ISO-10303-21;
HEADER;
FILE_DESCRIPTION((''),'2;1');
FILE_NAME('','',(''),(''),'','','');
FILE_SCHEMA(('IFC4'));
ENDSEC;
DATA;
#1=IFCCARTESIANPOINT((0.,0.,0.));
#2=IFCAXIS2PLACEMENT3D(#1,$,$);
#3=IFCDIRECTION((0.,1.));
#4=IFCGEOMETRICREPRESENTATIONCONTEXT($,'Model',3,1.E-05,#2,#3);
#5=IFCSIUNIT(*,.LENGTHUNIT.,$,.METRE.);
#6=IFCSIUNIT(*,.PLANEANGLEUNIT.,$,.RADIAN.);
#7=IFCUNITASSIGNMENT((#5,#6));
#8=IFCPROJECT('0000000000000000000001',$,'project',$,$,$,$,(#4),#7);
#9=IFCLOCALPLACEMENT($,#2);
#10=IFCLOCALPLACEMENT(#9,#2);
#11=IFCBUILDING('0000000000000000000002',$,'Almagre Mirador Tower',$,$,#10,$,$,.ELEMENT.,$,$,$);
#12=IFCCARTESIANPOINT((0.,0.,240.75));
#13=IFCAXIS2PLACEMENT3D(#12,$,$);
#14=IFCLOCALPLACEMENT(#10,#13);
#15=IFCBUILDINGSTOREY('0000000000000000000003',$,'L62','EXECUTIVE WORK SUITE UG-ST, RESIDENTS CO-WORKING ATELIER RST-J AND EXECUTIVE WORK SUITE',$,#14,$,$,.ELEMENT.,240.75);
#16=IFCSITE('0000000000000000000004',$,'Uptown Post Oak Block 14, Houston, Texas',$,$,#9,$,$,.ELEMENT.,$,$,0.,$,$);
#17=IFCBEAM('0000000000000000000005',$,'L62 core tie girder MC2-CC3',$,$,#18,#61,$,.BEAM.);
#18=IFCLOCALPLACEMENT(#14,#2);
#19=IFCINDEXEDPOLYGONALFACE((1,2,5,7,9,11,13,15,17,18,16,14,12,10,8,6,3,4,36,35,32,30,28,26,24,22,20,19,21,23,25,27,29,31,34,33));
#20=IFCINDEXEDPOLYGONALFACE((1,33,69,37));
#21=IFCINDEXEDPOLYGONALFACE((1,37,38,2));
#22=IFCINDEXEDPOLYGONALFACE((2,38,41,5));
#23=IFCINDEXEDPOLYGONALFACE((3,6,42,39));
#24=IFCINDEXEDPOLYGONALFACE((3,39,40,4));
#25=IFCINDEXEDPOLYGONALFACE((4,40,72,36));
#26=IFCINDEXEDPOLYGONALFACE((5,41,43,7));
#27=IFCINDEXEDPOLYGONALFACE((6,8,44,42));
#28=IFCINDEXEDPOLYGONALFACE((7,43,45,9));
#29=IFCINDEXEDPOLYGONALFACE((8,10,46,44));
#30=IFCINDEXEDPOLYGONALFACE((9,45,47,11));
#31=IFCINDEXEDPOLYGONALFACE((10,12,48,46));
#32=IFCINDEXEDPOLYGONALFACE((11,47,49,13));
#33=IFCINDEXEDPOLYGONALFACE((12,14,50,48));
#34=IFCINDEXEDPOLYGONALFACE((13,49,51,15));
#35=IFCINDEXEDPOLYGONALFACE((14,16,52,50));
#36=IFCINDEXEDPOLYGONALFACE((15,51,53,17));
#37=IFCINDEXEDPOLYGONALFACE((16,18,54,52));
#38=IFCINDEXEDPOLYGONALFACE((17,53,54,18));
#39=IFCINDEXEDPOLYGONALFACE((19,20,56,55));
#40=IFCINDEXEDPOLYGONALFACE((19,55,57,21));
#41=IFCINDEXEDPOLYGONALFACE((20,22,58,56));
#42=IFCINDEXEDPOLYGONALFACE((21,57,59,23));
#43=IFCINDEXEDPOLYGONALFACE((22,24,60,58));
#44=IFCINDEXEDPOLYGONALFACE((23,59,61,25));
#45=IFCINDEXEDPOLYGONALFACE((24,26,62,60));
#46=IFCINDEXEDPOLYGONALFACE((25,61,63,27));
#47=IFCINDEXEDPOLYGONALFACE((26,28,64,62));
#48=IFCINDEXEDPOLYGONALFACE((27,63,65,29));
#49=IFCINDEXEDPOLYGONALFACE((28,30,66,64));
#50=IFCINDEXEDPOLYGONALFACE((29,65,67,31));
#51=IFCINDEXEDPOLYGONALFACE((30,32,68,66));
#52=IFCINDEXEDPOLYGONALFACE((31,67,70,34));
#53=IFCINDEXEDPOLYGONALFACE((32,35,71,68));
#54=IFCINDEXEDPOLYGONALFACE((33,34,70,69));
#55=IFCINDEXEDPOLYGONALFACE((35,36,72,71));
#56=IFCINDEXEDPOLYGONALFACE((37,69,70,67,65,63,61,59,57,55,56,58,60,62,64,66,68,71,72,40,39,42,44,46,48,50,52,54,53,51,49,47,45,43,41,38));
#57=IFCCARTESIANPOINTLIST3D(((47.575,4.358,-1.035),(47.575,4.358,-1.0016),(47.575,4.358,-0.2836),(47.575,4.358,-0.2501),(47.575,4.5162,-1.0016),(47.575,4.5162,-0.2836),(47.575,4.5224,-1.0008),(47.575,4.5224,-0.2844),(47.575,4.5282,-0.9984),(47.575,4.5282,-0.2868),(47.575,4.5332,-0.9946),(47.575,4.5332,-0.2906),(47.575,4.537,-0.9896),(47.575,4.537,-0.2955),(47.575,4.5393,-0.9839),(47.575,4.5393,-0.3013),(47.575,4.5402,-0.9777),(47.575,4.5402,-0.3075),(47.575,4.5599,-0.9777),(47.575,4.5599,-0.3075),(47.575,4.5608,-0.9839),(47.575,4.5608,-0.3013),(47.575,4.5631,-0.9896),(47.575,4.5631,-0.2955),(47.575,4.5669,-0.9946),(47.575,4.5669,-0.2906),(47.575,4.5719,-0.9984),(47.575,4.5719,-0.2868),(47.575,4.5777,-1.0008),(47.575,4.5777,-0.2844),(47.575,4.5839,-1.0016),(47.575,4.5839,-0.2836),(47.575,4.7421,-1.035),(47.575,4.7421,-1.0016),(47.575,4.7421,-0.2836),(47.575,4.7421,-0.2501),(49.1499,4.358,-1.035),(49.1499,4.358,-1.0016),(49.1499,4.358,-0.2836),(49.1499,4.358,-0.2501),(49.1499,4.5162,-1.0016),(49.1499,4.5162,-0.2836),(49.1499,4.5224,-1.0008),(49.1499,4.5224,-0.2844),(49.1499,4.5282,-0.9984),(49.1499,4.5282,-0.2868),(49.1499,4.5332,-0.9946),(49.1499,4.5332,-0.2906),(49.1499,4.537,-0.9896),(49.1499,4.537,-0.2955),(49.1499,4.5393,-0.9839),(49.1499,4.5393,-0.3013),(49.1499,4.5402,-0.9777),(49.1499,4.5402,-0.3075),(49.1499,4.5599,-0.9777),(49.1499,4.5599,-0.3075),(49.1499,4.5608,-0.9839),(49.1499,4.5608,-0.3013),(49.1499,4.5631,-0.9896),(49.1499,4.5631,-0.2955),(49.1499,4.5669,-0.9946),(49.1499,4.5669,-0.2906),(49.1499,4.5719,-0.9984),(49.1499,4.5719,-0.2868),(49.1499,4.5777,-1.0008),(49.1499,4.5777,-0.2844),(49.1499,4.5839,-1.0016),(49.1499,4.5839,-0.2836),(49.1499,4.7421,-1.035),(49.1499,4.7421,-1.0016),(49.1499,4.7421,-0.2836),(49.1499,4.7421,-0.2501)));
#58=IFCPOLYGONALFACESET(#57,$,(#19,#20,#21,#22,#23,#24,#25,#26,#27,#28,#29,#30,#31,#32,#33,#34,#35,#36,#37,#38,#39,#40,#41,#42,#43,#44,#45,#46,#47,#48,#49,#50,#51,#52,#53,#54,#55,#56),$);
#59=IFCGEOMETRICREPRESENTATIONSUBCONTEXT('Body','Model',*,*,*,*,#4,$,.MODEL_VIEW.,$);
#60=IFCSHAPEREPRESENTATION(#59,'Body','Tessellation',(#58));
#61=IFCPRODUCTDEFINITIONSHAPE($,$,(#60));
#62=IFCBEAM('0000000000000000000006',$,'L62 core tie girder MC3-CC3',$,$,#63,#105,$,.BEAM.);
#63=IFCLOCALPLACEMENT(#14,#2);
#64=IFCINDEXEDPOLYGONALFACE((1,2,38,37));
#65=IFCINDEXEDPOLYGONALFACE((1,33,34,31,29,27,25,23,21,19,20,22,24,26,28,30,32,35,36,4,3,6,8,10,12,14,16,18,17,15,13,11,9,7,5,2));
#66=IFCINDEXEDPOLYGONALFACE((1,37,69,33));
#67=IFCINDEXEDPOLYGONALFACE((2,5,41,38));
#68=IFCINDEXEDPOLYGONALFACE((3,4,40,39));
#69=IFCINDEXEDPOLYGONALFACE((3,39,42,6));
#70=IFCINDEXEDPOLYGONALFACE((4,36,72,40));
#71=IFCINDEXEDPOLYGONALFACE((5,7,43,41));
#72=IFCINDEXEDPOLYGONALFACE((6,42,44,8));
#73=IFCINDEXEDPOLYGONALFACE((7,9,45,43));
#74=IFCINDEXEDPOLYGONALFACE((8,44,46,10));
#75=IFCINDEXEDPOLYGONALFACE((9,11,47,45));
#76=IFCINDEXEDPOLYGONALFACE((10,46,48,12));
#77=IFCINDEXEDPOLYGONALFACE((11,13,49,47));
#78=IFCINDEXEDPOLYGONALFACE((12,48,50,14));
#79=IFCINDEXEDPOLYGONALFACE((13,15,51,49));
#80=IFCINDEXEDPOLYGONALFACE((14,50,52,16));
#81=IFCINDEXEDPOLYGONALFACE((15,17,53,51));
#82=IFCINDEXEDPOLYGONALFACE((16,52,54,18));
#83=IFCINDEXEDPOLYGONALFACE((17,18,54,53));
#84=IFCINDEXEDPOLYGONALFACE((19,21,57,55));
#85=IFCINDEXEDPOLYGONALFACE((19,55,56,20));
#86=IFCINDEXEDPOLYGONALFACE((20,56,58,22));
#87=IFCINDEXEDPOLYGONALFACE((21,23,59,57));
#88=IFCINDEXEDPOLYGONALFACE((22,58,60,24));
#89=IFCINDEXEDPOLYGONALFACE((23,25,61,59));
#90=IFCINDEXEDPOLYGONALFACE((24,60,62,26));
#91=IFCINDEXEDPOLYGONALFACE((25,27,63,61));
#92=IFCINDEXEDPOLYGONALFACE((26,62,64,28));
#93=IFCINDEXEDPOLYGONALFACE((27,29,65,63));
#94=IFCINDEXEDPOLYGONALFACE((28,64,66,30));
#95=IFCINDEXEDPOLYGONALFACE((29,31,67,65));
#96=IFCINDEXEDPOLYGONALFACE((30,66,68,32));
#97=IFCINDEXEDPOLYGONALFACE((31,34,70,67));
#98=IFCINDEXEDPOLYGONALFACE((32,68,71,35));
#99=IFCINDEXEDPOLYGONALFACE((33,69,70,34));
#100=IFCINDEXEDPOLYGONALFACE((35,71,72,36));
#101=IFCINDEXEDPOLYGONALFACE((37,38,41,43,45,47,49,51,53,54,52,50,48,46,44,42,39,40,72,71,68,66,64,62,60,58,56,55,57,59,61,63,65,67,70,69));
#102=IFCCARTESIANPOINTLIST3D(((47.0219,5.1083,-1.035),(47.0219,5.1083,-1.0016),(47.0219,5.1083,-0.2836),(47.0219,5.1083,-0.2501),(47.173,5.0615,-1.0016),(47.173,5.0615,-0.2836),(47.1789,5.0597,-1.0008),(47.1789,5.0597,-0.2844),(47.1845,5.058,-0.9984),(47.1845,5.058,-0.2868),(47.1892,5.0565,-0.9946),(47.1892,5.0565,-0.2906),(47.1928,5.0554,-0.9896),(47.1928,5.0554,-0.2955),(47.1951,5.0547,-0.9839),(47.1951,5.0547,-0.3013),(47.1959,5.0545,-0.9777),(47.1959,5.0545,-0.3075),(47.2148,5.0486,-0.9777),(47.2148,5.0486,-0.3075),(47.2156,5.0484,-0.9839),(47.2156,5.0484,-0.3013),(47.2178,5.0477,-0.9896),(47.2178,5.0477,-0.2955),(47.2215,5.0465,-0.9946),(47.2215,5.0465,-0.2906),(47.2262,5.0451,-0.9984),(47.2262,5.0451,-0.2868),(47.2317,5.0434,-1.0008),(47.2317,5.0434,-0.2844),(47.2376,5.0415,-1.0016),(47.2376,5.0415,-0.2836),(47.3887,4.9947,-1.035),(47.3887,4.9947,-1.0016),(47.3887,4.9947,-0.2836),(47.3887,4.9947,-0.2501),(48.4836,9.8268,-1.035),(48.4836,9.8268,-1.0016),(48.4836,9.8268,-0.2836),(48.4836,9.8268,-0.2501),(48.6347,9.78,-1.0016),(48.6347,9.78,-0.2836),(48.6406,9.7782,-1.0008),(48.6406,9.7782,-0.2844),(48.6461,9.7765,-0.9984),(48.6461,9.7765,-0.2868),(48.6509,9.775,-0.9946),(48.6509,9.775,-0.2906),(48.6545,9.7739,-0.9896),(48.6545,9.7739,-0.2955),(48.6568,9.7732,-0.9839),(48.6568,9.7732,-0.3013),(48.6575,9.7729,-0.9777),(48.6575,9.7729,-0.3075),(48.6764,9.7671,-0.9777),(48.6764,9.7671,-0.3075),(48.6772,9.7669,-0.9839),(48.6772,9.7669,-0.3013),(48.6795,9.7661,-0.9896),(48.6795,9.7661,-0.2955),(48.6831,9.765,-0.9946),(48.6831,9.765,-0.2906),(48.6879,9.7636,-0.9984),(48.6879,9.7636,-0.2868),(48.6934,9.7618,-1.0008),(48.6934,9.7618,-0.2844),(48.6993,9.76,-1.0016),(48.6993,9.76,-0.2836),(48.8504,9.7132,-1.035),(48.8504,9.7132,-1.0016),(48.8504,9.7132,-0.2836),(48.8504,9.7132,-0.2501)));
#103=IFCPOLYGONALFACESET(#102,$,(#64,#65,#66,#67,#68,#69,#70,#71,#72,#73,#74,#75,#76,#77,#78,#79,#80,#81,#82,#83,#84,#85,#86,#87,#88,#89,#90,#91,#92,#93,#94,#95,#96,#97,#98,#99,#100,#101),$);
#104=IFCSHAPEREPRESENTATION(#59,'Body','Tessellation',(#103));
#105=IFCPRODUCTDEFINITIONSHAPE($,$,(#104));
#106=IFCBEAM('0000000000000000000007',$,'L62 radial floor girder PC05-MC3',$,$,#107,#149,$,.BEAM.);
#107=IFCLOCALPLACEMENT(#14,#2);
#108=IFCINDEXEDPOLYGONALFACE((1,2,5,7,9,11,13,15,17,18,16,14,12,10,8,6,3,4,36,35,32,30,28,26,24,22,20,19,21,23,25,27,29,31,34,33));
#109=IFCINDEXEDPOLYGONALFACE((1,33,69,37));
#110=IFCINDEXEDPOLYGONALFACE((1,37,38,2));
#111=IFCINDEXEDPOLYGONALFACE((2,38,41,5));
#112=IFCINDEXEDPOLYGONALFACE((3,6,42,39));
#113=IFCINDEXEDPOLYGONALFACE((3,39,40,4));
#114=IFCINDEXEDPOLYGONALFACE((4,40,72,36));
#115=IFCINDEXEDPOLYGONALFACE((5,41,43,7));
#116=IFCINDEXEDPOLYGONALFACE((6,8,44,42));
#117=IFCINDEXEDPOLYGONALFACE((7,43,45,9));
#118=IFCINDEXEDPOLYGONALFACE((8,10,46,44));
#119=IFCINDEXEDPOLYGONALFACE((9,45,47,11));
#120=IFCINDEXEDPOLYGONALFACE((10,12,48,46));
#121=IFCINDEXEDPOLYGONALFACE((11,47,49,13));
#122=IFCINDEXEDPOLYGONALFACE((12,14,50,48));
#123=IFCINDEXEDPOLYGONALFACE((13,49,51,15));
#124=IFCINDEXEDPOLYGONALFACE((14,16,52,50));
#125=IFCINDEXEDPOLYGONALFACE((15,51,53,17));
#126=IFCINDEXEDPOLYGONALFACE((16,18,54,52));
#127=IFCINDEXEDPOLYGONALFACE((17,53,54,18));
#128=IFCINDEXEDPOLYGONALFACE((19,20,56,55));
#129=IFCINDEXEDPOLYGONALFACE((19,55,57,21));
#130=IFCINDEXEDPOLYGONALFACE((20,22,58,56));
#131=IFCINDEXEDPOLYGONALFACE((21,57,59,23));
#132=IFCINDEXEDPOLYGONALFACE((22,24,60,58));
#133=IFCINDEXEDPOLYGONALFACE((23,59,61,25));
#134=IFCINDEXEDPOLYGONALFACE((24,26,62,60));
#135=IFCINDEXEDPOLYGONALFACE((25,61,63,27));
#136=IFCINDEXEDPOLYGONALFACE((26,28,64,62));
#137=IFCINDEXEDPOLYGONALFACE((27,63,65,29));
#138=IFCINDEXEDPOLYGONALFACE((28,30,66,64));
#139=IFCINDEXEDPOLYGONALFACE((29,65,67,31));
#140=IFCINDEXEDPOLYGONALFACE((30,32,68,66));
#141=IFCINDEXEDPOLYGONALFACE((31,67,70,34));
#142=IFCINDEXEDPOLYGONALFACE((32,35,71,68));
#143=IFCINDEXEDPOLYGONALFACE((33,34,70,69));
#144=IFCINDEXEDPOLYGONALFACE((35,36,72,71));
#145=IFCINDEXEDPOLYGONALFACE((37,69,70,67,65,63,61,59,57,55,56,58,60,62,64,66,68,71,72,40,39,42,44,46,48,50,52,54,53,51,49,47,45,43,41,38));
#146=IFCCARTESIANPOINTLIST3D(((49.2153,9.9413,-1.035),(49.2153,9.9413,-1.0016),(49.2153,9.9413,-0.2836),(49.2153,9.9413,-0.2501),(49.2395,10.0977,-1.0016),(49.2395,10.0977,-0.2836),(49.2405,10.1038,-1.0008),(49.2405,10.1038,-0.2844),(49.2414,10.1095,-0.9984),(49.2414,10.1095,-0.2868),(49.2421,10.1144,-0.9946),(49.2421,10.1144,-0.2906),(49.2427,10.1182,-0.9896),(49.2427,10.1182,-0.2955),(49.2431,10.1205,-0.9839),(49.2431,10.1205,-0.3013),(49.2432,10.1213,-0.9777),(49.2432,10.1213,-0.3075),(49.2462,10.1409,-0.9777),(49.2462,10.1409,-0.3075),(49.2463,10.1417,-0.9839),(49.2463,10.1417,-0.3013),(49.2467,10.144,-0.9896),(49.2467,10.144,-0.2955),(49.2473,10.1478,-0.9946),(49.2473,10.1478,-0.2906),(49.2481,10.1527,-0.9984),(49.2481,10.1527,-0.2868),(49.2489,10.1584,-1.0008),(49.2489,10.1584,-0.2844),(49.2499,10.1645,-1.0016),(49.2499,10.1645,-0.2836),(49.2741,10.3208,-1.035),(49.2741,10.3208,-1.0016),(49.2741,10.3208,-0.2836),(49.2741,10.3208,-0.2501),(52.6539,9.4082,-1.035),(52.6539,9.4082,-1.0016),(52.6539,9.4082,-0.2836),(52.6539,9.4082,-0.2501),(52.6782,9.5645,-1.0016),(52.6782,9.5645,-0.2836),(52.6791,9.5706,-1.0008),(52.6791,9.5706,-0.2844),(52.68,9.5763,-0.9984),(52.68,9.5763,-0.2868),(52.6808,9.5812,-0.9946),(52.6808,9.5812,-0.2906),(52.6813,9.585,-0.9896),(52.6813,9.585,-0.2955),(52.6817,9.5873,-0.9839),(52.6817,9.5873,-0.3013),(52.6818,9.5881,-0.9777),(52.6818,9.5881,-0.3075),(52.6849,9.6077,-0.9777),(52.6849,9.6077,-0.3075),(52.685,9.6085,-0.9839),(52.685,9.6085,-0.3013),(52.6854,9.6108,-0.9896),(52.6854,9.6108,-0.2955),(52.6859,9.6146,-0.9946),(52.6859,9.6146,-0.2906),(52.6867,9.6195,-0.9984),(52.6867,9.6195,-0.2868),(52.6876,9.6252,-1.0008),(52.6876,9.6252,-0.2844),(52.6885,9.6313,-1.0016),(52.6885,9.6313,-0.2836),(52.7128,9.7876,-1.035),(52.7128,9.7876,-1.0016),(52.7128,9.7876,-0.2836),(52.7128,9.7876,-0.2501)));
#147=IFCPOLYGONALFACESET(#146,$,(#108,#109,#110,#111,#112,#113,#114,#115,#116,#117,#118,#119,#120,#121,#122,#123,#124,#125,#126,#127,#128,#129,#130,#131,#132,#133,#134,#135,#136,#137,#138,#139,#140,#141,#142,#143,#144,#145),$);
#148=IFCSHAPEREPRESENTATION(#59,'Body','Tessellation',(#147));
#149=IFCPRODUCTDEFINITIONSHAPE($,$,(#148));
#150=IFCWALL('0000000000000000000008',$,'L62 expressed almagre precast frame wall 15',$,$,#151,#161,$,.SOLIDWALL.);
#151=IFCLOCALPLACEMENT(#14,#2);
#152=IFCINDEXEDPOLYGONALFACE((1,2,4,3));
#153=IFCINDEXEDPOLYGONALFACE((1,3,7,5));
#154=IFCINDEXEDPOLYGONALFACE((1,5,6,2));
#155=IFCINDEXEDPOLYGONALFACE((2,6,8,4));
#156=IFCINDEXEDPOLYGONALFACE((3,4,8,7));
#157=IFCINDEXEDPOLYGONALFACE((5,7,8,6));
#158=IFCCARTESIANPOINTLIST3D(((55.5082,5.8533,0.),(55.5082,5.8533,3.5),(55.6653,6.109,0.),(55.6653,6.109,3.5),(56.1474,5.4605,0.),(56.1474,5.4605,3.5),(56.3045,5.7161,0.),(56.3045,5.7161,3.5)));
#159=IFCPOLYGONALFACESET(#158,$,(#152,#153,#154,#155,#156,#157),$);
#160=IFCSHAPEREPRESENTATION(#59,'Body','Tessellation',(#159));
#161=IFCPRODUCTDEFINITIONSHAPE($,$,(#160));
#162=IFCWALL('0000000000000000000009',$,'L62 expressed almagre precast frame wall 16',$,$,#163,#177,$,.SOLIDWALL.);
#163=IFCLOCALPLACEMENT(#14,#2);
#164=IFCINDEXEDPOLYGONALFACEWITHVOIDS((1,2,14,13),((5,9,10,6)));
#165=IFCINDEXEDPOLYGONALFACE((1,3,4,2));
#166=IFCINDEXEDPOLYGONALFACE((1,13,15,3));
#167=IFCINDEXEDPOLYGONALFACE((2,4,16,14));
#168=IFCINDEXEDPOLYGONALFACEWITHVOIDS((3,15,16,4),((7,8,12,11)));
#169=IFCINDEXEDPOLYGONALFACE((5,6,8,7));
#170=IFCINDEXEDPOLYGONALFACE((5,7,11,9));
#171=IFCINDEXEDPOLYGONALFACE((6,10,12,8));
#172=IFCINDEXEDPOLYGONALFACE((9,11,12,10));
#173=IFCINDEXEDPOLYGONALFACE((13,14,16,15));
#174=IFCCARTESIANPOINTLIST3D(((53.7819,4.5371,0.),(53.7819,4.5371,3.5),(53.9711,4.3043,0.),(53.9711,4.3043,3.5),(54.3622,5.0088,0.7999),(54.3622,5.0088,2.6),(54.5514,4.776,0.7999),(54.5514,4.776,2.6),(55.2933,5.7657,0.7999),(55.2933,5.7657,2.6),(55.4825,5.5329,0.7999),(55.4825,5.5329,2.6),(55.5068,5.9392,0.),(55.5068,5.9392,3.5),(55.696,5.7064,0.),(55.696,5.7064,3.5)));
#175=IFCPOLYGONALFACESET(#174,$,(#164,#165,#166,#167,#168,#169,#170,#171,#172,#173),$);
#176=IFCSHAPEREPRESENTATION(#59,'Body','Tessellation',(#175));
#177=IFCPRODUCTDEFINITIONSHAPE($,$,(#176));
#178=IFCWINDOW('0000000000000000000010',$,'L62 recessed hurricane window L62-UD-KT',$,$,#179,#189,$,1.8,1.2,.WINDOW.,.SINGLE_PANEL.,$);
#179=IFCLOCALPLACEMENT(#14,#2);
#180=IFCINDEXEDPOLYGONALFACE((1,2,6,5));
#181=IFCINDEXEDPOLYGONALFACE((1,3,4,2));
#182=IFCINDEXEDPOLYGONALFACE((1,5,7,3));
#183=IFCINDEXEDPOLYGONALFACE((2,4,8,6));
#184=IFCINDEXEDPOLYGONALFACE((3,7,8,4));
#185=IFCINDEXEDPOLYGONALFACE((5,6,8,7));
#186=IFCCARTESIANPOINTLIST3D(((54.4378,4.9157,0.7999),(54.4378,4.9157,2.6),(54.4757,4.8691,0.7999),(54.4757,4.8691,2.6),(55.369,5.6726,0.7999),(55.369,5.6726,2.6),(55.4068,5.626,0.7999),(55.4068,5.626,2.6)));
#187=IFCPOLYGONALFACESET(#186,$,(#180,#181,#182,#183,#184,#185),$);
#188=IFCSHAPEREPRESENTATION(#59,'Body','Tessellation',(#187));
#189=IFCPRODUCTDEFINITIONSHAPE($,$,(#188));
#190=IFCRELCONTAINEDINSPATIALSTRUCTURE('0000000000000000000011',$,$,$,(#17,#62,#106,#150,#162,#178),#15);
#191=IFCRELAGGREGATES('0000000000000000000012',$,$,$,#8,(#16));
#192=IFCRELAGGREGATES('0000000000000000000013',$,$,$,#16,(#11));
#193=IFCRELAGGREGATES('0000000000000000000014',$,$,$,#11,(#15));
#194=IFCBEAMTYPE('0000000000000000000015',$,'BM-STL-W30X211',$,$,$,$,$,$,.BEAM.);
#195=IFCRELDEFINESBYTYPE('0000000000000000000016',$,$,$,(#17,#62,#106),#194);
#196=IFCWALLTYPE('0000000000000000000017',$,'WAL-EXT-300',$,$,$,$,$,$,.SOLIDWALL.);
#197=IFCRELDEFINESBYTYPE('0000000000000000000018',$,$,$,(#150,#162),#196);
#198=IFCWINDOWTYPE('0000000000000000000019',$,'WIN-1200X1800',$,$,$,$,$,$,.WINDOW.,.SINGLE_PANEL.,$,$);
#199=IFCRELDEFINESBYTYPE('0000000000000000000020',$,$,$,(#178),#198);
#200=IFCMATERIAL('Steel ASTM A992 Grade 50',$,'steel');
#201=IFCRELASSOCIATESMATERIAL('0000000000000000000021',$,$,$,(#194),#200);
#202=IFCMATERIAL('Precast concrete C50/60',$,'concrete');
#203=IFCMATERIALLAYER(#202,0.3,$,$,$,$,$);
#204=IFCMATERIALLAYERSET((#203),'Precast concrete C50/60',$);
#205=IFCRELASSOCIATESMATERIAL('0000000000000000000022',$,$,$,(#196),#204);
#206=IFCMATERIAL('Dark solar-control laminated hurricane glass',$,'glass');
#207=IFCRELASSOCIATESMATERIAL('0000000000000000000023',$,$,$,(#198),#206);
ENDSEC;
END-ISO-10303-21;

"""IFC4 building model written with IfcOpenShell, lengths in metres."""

from ifc_helpers import new_model, si_unit, direction, frame, frame_2d, origin, origin_2d, place, context, subcontext, project, spatial, rectangle, i_section, extrude, material, layer, layer_set, material_profile, profile_set, type_object, element, fill, save


model = new_model("IFC4")

# Units and contexts
model_context = context("Model", 3, precision=1e-05, world=origin(), true_north=direction((0.0, 1.0)))
body_context = subcontext(model_context, "Body", "Model", "MODEL_VIEW")
ifc_project = project(units=[si_unit("LENGTHUNIT", "METRE"), si_unit("PLANEANGLEUNIT", "RADIAN")], contexts=[model_context])

# Site, building, storey
site_placement = place(None, origin())
site = spatial("IfcSite", under=ifc_project, at=site_placement, Name="Uptown Post Oak Block 14, Houston, Texas", CompositionType="ELEMENT", RefElevation=0.0)
building_placement = place(site_placement, origin())
building = spatial("IfcBuilding", under=site, at=building_placement, Name="Almagre Mirador Tower", CompositionType="ELEMENT")
storey_placement = place(building_placement, frame((0.0, 0.0, 240.75)))
storey = spatial("IfcBuildingStorey", under=building, at=storey_placement, Name="L62", Description="EXECUTIVE WORK SUITE UG-ST, RESIDENTS CO-WORKING ATELIER RST-J AND EXECUTIVE WORK SUITE", CompositionType="ELEMENT", Elevation=240.75)

# Beams
ifc_material_1 = material(Name="Steel ASTM A992 Grade 50", Category="steel")
ifc_material_profile_1 = material_profile(ifc_material_1, i_section(OverallWidth=0.384, OverallDepth=0.7849, WebThickness=0.0198, FlangeThickness=0.0334, FilletRadius=0.0239, at=origin_2d()), Name="W30X211")
ifc_profile_set_1 = profile_set([ifc_material_profile_1], Name="Steel ASTM A992 Grade 50")
beam_type_1 = type_object("IfcBeamType", Name="BM-STL-W30X211", PredefinedType="BEAM", material=ifc_profile_set_1)
beam_1_placement = place(storey_placement, frame((49.1499, 4.55, -0.6426), z_axis=(-1.0, 0.0, 0.0), x_axis=(0.0, -1.0, 0.0)))
element("IfcBeam", 1, at=beam_1_placement, inside=storey, type_object=beam_type_1, Name="L62 core tie girder MC2-CC3", PredefinedType="BEAM", context=body_context, shape_type="SweptSolid", body=[
    extrude(i_section(OverallWidth=0.384, OverallDepth=0.7849, WebThickness=0.0198, FlangeThickness=0.0334, FilletRadius=0.0239, at=origin_2d()), origin(), (0.0, 0.0, 1.0), 1.575),
])
beam_2_placement = place(storey_placement, frame((48.667, 9.77, -0.6426), z_axis=(-0.295902, -0.955218, 0.0), x_axis=(0.955218, -0.295902, 0.0)))
element("IfcBeam", 2, at=beam_2_placement, inside=storey, type_object=beam_type_1, Name="L62 core tie girder MC3-CC3", PredefinedType="BEAM", context=body_context, shape_type="SweptSolid", body=[
    extrude(i_section(OverallWidth=0.384, OverallDepth=0.7849, WebThickness=0.0198, FlangeThickness=0.0334, FilletRadius=0.0239, at=origin_2d()), origin(), (0.0, 0.0, 1.0), 4.9397),
])
beam_3_placement = place(storey_placement, frame((52.6833, 9.5979, -0.6426), z_axis=(-0.988191, 0.153227, 0.0), x_axis=(-0.153227, -0.988191, 0.0)))
element("IfcBeam", 3, at=beam_3_placement, inside=storey, type_object=beam_type_1, Name="L62 radial floor girder PC05-MC3", PredefinedType="BEAM", context=body_context, shape_type="SweptSolid", body=[
    extrude(i_section(OverallWidth=0.384, OverallDepth=0.7849, WebThickness=0.0198, FlangeThickness=0.0334, FilletRadius=0.0239, at=origin_2d()), origin(), (0.0, 0.0, 1.0), 3.4797),
])

# Wall
ifc_material_2 = material(Name="Precast concrete C50/60", Category="concrete")
ifc_layer_1 = layer(ifc_material_2, 0.3)
ifc_layer_set_1 = layer_set([ifc_layer_1], Name="Precast concrete C50/60")
wall_type_1 = type_object("IfcWallType", Name="WAL-EXT-300", PredefinedType="SOLIDWALL", material=ifc_layer_set_1)
wall_1_placement = place(storey_placement, frame((56.2258, 5.5884, 0.0), z_axis=(0.0, 0.0, 1.0), x_axis=(-0.85196, 0.523607, 0.0)))
element("IfcWall", 4, at=wall_1_placement, inside=storey, type_object=wall_type_1, Name="L62 expressed almagre precast frame wall 15", PredefinedType="SOLIDWALL", context=body_context, shape_type="SweptSolid", body=[
    extrude(rectangle(XDim=0.7502, YDim=0.3, at=frame_2d((0.375, 0.0))), origin(), (0.0, 0.0, 1.0), 3.5),
])

# Wall, opening, window
wall_2_placement = place(storey_placement, frame((55.6013, 5.8228, 0.0), z_axis=(0.0, 0.0, 1.0), x_axis=(-0.77597, -0.63077, 0.0)))
wall_2 = element("IfcWall", 5, at=wall_2_placement, inside=storey, type_object=wall_type_1, Name="L62 expressed almagre precast frame wall 16", PredefinedType="SOLIDWALL", context=body_context, shape_type="SweptSolid", body=[
    extrude(rectangle(XDim=2.2229, YDim=0.3, at=frame_2d((1.1113, 0.0))), origin(), (0.0, 0.0, 1.0), 3.5),
])
opening_1_placement = place(wall_2_placement, frame((0.2749, 0.0, 0.8)))
opening_1 = element("IfcOpeningElement", 6, at=opening_1_placement, cuts=wall_2, PredefinedType="OPENING", context=body_context, shape_type="SweptSolid", body=[
    extrude(rectangle(XDim=1.2, YDim=1.8, at=frame_2d((0.6001, 0.8999))), frame((0.0, 0.1599, 0.0), z_axis=(0.0, -1.0, 0.0), x_axis=(1.0, 0.0, 0.0)), (0.0, 0.0, 1.0), 0.32),
])
ifc_material_3 = material(Name="Dark solar-control laminated hurricane glass", Category="glass")
window_type_1 = type_object("IfcWindowType", Name="WIN-1200X1800", PartitioningType="SINGLE_PANEL", PredefinedType="WINDOW", material=ifc_material_3)
window_1_placement = place(opening_1_placement, origin())
window_1 = element("IfcWindow", 7, at=window_1_placement, inside=storey, type_object=window_type_1, Name="L62 recessed hurricane window L62-UD-KT", OverallHeight=1.8, OverallWidth=1.2, PartitioningType="SINGLE_PANEL", PredefinedType="WINDOW", context=body_context, shape_type="SweptSolid", body=[
    extrude(rectangle(XDim=1.2, YDim=1.8, at=frame_2d((0.6001, 0.8999))), frame((0.0, 0.03, 0.0), z_axis=(0.0, -1.0, 0.0), x_axis=(1.0, 0.0, 0.0)), (0.0, 0.0, 1.0), 0.0601),
])
fill(opening_1, window_1)

save(model, "model.ifc")
